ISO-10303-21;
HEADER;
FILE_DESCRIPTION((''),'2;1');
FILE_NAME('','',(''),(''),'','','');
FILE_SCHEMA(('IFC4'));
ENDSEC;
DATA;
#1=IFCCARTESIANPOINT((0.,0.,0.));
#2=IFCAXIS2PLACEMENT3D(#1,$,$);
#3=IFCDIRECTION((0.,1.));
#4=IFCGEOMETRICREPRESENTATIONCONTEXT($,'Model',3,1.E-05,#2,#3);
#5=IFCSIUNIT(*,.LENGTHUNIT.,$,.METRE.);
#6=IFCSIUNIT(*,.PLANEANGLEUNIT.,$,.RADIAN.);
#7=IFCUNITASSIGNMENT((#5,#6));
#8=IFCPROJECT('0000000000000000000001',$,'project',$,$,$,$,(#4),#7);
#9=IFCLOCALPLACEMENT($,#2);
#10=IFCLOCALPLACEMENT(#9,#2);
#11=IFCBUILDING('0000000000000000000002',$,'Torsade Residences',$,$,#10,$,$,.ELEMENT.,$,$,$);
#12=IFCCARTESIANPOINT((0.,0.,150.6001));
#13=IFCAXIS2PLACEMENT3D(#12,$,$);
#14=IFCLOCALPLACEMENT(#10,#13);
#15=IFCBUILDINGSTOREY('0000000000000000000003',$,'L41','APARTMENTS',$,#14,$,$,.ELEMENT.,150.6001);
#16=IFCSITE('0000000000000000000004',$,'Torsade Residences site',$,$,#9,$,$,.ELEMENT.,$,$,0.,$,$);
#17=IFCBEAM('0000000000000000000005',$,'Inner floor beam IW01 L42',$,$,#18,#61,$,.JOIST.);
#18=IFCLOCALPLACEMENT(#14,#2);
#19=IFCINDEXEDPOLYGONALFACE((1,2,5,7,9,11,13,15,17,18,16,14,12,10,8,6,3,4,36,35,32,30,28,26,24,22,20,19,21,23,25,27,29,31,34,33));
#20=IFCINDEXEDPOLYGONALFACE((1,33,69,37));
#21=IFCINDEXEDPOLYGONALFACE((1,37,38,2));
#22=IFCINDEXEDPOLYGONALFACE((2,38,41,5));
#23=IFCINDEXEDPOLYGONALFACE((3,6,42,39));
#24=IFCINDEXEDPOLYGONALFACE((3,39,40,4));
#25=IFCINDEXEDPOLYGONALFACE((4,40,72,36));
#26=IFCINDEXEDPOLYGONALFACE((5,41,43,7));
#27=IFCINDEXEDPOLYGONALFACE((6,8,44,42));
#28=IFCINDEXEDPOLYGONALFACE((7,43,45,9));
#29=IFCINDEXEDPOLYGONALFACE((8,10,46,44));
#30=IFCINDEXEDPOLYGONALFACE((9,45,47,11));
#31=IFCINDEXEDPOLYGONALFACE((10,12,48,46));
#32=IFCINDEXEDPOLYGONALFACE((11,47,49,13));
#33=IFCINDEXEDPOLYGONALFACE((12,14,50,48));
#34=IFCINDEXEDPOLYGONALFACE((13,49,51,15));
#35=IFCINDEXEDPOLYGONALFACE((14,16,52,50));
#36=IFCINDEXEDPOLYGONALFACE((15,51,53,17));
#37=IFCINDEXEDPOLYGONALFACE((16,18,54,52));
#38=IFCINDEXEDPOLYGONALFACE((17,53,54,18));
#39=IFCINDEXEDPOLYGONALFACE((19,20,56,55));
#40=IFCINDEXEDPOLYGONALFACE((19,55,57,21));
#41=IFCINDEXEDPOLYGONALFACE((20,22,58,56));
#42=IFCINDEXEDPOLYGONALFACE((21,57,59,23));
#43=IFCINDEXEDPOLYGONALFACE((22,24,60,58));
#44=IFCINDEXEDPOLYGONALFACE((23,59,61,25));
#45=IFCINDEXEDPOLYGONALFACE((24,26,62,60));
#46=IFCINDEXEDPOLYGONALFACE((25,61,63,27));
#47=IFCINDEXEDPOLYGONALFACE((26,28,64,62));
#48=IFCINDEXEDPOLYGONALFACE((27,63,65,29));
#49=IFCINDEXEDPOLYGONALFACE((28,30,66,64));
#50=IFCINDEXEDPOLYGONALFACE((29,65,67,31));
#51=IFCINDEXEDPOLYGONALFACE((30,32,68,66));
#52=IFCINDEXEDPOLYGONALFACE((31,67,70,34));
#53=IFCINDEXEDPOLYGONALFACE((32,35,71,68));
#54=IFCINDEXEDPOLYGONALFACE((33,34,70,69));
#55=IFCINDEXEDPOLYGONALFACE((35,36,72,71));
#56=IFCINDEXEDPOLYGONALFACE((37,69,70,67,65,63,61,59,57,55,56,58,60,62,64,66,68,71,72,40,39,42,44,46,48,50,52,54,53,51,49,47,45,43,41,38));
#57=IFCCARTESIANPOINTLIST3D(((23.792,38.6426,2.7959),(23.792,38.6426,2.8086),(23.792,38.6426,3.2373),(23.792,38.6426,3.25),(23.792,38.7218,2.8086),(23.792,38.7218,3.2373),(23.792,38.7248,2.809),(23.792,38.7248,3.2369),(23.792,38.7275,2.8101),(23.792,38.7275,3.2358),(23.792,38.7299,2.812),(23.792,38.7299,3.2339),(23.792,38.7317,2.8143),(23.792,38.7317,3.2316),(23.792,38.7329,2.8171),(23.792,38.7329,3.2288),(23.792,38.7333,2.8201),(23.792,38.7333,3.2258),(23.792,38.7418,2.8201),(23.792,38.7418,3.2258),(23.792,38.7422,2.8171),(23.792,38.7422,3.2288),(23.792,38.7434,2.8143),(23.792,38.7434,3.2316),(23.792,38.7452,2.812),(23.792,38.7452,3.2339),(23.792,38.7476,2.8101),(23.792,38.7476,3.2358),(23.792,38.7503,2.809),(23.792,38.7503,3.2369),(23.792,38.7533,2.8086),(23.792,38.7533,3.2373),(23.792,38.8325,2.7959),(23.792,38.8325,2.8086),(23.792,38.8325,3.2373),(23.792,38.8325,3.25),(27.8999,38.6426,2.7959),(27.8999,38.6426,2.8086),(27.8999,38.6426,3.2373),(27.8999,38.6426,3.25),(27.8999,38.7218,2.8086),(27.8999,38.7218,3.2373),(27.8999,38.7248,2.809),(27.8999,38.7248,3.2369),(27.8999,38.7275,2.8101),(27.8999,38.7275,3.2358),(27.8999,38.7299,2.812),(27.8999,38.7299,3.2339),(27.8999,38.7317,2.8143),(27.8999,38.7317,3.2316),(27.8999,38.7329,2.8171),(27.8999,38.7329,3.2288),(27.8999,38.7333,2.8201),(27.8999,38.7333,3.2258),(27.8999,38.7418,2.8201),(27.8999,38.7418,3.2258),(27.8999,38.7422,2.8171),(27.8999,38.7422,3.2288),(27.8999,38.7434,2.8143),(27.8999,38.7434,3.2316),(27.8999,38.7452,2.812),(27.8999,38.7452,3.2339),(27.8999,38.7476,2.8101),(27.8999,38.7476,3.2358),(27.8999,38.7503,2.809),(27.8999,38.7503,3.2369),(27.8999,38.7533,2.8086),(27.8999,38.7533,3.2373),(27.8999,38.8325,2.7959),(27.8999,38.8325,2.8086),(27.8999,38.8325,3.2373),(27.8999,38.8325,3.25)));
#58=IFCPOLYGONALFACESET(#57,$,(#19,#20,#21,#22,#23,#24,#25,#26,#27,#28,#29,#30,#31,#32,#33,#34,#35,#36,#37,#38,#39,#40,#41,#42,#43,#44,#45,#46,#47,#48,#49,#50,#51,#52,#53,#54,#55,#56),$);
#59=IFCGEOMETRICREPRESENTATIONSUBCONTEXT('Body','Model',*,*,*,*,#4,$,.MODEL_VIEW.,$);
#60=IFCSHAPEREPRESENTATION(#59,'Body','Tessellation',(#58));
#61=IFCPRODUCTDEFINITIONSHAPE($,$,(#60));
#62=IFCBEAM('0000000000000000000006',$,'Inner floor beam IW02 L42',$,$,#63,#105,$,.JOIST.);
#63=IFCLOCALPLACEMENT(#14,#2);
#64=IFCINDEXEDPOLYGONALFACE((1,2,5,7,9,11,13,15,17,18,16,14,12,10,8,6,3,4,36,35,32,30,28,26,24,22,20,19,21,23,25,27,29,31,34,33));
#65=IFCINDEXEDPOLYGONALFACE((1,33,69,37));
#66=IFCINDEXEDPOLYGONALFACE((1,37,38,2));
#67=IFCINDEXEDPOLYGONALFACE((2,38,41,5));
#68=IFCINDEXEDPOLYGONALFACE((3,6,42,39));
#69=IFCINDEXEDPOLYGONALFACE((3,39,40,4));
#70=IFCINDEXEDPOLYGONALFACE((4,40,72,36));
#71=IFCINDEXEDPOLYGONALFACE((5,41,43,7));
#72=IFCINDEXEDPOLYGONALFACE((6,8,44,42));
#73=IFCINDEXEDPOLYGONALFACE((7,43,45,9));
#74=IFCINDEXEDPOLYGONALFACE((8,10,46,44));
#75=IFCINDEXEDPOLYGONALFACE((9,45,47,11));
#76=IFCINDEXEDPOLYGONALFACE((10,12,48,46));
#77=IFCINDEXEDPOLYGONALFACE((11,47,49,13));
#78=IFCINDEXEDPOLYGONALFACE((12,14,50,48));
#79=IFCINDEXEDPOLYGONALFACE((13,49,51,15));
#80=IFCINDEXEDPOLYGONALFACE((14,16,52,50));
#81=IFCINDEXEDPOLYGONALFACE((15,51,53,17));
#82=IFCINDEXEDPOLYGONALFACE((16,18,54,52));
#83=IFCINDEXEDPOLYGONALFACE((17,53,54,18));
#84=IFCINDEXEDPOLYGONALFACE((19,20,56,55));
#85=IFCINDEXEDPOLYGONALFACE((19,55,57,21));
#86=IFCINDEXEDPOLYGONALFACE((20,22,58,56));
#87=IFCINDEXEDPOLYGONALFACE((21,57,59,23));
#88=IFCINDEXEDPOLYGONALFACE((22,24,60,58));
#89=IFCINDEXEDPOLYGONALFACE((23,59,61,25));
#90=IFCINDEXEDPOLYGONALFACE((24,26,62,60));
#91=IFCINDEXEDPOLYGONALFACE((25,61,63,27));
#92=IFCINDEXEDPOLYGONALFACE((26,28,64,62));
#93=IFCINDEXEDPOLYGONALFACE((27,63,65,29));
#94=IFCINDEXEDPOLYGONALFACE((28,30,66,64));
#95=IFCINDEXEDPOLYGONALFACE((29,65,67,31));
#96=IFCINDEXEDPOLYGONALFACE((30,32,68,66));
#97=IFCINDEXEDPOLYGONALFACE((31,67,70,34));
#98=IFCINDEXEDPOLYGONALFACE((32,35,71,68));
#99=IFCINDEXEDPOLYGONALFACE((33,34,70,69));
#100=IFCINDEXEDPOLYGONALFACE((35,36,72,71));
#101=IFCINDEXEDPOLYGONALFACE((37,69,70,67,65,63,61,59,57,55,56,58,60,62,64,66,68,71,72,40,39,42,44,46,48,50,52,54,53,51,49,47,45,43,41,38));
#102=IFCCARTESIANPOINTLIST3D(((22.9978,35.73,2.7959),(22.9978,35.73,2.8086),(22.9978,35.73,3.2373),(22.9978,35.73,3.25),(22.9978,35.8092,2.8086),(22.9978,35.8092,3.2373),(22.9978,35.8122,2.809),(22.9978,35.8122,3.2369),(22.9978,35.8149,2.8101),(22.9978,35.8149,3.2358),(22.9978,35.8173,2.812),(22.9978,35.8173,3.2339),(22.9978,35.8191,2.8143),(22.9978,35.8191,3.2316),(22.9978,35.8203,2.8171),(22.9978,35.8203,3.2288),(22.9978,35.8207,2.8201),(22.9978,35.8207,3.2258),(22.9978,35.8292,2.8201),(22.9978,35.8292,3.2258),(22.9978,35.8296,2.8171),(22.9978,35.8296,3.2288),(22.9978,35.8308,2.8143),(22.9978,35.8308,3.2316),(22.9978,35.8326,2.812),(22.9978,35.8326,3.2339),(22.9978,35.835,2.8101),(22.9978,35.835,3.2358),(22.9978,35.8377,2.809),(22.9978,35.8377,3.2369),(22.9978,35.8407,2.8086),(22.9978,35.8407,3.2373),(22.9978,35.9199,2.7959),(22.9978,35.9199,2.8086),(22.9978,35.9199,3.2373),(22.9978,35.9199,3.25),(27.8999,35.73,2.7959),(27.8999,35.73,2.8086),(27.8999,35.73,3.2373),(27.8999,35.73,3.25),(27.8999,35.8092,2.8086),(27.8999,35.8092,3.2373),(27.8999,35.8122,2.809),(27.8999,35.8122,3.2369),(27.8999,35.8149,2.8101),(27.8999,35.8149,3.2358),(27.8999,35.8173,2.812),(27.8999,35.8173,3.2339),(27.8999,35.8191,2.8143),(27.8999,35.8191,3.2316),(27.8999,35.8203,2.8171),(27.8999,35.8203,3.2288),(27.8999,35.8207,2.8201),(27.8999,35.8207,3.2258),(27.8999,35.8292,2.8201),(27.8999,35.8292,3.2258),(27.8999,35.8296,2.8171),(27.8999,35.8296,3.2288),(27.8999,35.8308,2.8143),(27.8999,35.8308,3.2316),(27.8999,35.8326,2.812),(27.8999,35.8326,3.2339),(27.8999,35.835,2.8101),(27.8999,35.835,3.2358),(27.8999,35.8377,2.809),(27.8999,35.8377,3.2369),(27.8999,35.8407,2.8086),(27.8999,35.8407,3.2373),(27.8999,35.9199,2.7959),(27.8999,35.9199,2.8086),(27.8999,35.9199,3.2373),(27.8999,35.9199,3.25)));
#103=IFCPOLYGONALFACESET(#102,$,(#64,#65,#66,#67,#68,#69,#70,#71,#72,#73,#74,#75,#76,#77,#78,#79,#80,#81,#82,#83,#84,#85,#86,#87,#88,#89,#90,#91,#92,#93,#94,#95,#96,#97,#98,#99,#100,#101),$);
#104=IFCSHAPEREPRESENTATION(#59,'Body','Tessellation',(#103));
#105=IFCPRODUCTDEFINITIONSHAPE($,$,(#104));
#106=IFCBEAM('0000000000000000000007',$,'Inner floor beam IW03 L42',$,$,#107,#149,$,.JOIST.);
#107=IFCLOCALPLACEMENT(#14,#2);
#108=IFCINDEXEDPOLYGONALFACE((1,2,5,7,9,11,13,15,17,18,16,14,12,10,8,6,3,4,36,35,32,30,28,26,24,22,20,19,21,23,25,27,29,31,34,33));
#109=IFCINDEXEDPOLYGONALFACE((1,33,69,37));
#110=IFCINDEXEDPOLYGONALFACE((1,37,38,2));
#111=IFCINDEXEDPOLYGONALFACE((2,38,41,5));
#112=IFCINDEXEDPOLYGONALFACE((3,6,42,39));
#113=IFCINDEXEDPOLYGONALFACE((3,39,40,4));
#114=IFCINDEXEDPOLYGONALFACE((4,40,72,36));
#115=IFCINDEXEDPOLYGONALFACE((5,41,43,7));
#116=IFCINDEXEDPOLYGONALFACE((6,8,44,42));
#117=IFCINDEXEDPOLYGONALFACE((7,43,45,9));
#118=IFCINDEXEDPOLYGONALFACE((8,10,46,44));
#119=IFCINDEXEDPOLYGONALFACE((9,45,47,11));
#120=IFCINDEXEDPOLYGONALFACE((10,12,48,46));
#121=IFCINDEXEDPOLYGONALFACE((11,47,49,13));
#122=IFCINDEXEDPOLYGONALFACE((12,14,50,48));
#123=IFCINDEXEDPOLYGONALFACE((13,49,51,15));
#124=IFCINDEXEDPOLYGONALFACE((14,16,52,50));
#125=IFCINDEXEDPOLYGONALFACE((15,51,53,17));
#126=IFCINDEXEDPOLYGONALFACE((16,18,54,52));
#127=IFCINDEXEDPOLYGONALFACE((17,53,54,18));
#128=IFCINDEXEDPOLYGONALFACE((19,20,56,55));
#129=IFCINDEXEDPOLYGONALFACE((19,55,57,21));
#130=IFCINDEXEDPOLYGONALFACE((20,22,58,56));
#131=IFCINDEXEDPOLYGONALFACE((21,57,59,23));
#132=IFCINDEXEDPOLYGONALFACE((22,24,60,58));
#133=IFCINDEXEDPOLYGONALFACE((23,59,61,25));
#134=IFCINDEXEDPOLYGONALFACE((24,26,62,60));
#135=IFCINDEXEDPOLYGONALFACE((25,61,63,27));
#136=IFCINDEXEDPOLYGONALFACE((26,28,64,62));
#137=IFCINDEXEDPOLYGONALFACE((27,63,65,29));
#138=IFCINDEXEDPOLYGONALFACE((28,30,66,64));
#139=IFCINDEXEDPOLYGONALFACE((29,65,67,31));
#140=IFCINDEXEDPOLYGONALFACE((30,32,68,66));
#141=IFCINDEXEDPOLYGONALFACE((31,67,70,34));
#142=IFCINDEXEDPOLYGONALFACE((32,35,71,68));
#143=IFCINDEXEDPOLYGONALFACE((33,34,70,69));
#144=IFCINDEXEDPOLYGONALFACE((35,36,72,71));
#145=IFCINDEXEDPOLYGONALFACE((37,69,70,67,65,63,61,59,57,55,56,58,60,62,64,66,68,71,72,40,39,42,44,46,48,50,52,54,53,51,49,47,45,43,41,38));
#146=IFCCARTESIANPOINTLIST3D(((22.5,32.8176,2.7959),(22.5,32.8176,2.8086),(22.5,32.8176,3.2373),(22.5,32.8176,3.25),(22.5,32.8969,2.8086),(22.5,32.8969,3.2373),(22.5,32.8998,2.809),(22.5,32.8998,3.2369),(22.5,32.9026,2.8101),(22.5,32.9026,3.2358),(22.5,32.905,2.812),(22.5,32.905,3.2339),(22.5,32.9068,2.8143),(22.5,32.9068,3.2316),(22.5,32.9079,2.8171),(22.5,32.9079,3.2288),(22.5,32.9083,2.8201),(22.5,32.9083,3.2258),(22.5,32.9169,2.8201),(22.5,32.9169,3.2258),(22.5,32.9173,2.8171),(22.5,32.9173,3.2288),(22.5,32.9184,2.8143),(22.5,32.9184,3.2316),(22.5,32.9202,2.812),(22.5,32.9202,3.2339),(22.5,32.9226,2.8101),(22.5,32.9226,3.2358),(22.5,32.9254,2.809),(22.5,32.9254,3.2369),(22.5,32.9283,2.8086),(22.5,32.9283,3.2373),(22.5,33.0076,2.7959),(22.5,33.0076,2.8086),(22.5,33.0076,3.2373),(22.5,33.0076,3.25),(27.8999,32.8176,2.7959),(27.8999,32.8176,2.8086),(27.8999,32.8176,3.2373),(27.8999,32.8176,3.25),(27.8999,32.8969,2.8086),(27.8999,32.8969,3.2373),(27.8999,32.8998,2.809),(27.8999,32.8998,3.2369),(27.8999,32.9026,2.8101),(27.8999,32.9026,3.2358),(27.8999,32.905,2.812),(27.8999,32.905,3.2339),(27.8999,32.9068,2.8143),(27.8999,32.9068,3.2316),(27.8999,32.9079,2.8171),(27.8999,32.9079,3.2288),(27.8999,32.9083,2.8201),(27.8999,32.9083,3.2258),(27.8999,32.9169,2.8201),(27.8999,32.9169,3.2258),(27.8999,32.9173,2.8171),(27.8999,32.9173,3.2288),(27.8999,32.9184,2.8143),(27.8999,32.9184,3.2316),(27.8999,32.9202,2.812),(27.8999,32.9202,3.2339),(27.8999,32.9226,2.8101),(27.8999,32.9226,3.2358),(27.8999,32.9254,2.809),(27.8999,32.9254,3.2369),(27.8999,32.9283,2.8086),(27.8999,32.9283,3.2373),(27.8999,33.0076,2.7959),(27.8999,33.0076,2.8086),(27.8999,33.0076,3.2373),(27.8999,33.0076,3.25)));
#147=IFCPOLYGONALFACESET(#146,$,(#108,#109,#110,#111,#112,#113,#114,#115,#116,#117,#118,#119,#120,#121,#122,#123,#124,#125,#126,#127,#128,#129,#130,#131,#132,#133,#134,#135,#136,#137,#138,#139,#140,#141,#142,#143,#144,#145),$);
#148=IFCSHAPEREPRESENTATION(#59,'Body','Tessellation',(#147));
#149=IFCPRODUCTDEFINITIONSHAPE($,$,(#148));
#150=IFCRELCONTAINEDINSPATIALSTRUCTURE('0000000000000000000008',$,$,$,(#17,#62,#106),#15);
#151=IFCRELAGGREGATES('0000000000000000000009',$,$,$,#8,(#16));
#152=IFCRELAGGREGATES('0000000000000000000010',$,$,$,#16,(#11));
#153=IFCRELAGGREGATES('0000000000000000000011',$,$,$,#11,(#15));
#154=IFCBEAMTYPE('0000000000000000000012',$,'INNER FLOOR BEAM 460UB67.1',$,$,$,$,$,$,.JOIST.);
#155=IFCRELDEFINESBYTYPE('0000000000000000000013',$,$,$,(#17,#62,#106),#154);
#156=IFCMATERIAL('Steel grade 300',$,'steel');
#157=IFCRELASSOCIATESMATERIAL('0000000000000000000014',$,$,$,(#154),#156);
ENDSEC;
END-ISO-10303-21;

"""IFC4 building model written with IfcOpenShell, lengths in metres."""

from ifc_helpers import new_model, si_unit, direction, frame, origin, origin_2d, place, context, subcontext, project, spatial, i_section, extrude, material, material_profile, profile_set, type_object, element, save


model = new_model("IFC4")

# Units and contexts
model_context = context("Model", 3, precision=1e-05, world=origin(), true_north=direction((0.0, 1.0)))
body_context = subcontext(model_context, "Body", "Model", "MODEL_VIEW")
ifc_project = project(units=[si_unit("LENGTHUNIT", "METRE"), si_unit("PLANEANGLEUNIT", "RADIAN")], contexts=[model_context])

# Site, building, storey
site_placement = place(None, origin())
site = spatial("IfcSite", under=ifc_project, at=site_placement, Name="Torsade Residences site", CompositionType="ELEMENT", RefElevation=0.0)
building_placement = place(site_placement, origin())
building = spatial("IfcBuilding", under=site, at=building_placement, Name="Torsade Residences", CompositionType="ELEMENT")
storey_placement = place(building_placement, frame((0.0, 0.0, 150.6001)))
storey = spatial("IfcBuildingStorey", under=building, at=storey_placement, Name="L41", Description="APARTMENTS", CompositionType="ELEMENT", Elevation=150.6001)

# Beams
ifc_material_1 = material(Name="Steel grade 300", Category="steel")
ifc_material_profile = material_profile(ifc_material_1, i_section(OverallWidth=0.1899, OverallDepth=0.4541, WebThickness=0.0085, FlangeThickness=0.0127, FilletRadius=0.0115, at=origin_2d()), Name="460UB67.1")
ifc_profile_set = profile_set([ifc_material_profile], Name="Steel grade 300")
beam_type = type_object("IfcBeamType", Name="INNER FLOOR BEAM 460UB67.1", PredefinedType="JOIST", material=ifc_profile_set)
beam_1_placement = place(storey_placement, frame((27.8999, 38.7375, 3.0229), z_axis=(-1.0, 0.0, 0.0), x_axis=(0.0, -1.0, 0.0)))
element("IfcBeam", 1, at=beam_1_placement, inside=storey, type_object=beam_type, Name="Inner floor beam IW01 L42", PredefinedType="JOIST", context=body_context, shape_type="SweptSolid", body=[
    extrude(i_section(OverallWidth=0.1899, OverallDepth=0.4541, WebThickness=0.0085, FlangeThickness=0.0127, FilletRadius=0.0115, at=origin_2d()), origin(), (0.0, 0.0, 1.0), 4.1079),
])
beam_2_placement = place(storey_placement, frame((27.8999, 35.825, 3.0229), z_axis=(-1.0, 0.0, 0.0), x_axis=(0.0, -1.0, 0.0)))
element("IfcBeam", 2, at=beam_2_placement, inside=storey, type_object=beam_type, Name="Inner floor beam IW02 L42", PredefinedType="JOIST", context=body_context, shape_type="SweptSolid", body=[
    extrude(i_section(OverallWidth=0.1899, OverallDepth=0.4541, WebThickness=0.0085, FlangeThickness=0.0127, FilletRadius=0.0115, at=origin_2d()), origin(), (0.0, 0.0, 1.0), 4.9021),
])
beam_3_placement = place(storey_placement, frame((27.8999, 32.9126, 3.0229), z_axis=(-1.0, 0.0, 0.0), x_axis=(0.0, -1.0, 0.0)))
element("IfcBeam", 3, at=beam_3_placement, inside=storey, type_object=beam_type, Name="Inner floor beam IW03 L42", PredefinedType="JOIST", context=body_context, shape_type="SweptSolid", body=[
    extrude(i_section(OverallWidth=0.1899, OverallDepth=0.4541, WebThickness=0.0085, FlangeThickness=0.0127, FilletRadius=0.0115, at=origin_2d()), origin(), (0.0, 0.0, 1.0), 5.3999),
])

save(model, "model.ifc")
